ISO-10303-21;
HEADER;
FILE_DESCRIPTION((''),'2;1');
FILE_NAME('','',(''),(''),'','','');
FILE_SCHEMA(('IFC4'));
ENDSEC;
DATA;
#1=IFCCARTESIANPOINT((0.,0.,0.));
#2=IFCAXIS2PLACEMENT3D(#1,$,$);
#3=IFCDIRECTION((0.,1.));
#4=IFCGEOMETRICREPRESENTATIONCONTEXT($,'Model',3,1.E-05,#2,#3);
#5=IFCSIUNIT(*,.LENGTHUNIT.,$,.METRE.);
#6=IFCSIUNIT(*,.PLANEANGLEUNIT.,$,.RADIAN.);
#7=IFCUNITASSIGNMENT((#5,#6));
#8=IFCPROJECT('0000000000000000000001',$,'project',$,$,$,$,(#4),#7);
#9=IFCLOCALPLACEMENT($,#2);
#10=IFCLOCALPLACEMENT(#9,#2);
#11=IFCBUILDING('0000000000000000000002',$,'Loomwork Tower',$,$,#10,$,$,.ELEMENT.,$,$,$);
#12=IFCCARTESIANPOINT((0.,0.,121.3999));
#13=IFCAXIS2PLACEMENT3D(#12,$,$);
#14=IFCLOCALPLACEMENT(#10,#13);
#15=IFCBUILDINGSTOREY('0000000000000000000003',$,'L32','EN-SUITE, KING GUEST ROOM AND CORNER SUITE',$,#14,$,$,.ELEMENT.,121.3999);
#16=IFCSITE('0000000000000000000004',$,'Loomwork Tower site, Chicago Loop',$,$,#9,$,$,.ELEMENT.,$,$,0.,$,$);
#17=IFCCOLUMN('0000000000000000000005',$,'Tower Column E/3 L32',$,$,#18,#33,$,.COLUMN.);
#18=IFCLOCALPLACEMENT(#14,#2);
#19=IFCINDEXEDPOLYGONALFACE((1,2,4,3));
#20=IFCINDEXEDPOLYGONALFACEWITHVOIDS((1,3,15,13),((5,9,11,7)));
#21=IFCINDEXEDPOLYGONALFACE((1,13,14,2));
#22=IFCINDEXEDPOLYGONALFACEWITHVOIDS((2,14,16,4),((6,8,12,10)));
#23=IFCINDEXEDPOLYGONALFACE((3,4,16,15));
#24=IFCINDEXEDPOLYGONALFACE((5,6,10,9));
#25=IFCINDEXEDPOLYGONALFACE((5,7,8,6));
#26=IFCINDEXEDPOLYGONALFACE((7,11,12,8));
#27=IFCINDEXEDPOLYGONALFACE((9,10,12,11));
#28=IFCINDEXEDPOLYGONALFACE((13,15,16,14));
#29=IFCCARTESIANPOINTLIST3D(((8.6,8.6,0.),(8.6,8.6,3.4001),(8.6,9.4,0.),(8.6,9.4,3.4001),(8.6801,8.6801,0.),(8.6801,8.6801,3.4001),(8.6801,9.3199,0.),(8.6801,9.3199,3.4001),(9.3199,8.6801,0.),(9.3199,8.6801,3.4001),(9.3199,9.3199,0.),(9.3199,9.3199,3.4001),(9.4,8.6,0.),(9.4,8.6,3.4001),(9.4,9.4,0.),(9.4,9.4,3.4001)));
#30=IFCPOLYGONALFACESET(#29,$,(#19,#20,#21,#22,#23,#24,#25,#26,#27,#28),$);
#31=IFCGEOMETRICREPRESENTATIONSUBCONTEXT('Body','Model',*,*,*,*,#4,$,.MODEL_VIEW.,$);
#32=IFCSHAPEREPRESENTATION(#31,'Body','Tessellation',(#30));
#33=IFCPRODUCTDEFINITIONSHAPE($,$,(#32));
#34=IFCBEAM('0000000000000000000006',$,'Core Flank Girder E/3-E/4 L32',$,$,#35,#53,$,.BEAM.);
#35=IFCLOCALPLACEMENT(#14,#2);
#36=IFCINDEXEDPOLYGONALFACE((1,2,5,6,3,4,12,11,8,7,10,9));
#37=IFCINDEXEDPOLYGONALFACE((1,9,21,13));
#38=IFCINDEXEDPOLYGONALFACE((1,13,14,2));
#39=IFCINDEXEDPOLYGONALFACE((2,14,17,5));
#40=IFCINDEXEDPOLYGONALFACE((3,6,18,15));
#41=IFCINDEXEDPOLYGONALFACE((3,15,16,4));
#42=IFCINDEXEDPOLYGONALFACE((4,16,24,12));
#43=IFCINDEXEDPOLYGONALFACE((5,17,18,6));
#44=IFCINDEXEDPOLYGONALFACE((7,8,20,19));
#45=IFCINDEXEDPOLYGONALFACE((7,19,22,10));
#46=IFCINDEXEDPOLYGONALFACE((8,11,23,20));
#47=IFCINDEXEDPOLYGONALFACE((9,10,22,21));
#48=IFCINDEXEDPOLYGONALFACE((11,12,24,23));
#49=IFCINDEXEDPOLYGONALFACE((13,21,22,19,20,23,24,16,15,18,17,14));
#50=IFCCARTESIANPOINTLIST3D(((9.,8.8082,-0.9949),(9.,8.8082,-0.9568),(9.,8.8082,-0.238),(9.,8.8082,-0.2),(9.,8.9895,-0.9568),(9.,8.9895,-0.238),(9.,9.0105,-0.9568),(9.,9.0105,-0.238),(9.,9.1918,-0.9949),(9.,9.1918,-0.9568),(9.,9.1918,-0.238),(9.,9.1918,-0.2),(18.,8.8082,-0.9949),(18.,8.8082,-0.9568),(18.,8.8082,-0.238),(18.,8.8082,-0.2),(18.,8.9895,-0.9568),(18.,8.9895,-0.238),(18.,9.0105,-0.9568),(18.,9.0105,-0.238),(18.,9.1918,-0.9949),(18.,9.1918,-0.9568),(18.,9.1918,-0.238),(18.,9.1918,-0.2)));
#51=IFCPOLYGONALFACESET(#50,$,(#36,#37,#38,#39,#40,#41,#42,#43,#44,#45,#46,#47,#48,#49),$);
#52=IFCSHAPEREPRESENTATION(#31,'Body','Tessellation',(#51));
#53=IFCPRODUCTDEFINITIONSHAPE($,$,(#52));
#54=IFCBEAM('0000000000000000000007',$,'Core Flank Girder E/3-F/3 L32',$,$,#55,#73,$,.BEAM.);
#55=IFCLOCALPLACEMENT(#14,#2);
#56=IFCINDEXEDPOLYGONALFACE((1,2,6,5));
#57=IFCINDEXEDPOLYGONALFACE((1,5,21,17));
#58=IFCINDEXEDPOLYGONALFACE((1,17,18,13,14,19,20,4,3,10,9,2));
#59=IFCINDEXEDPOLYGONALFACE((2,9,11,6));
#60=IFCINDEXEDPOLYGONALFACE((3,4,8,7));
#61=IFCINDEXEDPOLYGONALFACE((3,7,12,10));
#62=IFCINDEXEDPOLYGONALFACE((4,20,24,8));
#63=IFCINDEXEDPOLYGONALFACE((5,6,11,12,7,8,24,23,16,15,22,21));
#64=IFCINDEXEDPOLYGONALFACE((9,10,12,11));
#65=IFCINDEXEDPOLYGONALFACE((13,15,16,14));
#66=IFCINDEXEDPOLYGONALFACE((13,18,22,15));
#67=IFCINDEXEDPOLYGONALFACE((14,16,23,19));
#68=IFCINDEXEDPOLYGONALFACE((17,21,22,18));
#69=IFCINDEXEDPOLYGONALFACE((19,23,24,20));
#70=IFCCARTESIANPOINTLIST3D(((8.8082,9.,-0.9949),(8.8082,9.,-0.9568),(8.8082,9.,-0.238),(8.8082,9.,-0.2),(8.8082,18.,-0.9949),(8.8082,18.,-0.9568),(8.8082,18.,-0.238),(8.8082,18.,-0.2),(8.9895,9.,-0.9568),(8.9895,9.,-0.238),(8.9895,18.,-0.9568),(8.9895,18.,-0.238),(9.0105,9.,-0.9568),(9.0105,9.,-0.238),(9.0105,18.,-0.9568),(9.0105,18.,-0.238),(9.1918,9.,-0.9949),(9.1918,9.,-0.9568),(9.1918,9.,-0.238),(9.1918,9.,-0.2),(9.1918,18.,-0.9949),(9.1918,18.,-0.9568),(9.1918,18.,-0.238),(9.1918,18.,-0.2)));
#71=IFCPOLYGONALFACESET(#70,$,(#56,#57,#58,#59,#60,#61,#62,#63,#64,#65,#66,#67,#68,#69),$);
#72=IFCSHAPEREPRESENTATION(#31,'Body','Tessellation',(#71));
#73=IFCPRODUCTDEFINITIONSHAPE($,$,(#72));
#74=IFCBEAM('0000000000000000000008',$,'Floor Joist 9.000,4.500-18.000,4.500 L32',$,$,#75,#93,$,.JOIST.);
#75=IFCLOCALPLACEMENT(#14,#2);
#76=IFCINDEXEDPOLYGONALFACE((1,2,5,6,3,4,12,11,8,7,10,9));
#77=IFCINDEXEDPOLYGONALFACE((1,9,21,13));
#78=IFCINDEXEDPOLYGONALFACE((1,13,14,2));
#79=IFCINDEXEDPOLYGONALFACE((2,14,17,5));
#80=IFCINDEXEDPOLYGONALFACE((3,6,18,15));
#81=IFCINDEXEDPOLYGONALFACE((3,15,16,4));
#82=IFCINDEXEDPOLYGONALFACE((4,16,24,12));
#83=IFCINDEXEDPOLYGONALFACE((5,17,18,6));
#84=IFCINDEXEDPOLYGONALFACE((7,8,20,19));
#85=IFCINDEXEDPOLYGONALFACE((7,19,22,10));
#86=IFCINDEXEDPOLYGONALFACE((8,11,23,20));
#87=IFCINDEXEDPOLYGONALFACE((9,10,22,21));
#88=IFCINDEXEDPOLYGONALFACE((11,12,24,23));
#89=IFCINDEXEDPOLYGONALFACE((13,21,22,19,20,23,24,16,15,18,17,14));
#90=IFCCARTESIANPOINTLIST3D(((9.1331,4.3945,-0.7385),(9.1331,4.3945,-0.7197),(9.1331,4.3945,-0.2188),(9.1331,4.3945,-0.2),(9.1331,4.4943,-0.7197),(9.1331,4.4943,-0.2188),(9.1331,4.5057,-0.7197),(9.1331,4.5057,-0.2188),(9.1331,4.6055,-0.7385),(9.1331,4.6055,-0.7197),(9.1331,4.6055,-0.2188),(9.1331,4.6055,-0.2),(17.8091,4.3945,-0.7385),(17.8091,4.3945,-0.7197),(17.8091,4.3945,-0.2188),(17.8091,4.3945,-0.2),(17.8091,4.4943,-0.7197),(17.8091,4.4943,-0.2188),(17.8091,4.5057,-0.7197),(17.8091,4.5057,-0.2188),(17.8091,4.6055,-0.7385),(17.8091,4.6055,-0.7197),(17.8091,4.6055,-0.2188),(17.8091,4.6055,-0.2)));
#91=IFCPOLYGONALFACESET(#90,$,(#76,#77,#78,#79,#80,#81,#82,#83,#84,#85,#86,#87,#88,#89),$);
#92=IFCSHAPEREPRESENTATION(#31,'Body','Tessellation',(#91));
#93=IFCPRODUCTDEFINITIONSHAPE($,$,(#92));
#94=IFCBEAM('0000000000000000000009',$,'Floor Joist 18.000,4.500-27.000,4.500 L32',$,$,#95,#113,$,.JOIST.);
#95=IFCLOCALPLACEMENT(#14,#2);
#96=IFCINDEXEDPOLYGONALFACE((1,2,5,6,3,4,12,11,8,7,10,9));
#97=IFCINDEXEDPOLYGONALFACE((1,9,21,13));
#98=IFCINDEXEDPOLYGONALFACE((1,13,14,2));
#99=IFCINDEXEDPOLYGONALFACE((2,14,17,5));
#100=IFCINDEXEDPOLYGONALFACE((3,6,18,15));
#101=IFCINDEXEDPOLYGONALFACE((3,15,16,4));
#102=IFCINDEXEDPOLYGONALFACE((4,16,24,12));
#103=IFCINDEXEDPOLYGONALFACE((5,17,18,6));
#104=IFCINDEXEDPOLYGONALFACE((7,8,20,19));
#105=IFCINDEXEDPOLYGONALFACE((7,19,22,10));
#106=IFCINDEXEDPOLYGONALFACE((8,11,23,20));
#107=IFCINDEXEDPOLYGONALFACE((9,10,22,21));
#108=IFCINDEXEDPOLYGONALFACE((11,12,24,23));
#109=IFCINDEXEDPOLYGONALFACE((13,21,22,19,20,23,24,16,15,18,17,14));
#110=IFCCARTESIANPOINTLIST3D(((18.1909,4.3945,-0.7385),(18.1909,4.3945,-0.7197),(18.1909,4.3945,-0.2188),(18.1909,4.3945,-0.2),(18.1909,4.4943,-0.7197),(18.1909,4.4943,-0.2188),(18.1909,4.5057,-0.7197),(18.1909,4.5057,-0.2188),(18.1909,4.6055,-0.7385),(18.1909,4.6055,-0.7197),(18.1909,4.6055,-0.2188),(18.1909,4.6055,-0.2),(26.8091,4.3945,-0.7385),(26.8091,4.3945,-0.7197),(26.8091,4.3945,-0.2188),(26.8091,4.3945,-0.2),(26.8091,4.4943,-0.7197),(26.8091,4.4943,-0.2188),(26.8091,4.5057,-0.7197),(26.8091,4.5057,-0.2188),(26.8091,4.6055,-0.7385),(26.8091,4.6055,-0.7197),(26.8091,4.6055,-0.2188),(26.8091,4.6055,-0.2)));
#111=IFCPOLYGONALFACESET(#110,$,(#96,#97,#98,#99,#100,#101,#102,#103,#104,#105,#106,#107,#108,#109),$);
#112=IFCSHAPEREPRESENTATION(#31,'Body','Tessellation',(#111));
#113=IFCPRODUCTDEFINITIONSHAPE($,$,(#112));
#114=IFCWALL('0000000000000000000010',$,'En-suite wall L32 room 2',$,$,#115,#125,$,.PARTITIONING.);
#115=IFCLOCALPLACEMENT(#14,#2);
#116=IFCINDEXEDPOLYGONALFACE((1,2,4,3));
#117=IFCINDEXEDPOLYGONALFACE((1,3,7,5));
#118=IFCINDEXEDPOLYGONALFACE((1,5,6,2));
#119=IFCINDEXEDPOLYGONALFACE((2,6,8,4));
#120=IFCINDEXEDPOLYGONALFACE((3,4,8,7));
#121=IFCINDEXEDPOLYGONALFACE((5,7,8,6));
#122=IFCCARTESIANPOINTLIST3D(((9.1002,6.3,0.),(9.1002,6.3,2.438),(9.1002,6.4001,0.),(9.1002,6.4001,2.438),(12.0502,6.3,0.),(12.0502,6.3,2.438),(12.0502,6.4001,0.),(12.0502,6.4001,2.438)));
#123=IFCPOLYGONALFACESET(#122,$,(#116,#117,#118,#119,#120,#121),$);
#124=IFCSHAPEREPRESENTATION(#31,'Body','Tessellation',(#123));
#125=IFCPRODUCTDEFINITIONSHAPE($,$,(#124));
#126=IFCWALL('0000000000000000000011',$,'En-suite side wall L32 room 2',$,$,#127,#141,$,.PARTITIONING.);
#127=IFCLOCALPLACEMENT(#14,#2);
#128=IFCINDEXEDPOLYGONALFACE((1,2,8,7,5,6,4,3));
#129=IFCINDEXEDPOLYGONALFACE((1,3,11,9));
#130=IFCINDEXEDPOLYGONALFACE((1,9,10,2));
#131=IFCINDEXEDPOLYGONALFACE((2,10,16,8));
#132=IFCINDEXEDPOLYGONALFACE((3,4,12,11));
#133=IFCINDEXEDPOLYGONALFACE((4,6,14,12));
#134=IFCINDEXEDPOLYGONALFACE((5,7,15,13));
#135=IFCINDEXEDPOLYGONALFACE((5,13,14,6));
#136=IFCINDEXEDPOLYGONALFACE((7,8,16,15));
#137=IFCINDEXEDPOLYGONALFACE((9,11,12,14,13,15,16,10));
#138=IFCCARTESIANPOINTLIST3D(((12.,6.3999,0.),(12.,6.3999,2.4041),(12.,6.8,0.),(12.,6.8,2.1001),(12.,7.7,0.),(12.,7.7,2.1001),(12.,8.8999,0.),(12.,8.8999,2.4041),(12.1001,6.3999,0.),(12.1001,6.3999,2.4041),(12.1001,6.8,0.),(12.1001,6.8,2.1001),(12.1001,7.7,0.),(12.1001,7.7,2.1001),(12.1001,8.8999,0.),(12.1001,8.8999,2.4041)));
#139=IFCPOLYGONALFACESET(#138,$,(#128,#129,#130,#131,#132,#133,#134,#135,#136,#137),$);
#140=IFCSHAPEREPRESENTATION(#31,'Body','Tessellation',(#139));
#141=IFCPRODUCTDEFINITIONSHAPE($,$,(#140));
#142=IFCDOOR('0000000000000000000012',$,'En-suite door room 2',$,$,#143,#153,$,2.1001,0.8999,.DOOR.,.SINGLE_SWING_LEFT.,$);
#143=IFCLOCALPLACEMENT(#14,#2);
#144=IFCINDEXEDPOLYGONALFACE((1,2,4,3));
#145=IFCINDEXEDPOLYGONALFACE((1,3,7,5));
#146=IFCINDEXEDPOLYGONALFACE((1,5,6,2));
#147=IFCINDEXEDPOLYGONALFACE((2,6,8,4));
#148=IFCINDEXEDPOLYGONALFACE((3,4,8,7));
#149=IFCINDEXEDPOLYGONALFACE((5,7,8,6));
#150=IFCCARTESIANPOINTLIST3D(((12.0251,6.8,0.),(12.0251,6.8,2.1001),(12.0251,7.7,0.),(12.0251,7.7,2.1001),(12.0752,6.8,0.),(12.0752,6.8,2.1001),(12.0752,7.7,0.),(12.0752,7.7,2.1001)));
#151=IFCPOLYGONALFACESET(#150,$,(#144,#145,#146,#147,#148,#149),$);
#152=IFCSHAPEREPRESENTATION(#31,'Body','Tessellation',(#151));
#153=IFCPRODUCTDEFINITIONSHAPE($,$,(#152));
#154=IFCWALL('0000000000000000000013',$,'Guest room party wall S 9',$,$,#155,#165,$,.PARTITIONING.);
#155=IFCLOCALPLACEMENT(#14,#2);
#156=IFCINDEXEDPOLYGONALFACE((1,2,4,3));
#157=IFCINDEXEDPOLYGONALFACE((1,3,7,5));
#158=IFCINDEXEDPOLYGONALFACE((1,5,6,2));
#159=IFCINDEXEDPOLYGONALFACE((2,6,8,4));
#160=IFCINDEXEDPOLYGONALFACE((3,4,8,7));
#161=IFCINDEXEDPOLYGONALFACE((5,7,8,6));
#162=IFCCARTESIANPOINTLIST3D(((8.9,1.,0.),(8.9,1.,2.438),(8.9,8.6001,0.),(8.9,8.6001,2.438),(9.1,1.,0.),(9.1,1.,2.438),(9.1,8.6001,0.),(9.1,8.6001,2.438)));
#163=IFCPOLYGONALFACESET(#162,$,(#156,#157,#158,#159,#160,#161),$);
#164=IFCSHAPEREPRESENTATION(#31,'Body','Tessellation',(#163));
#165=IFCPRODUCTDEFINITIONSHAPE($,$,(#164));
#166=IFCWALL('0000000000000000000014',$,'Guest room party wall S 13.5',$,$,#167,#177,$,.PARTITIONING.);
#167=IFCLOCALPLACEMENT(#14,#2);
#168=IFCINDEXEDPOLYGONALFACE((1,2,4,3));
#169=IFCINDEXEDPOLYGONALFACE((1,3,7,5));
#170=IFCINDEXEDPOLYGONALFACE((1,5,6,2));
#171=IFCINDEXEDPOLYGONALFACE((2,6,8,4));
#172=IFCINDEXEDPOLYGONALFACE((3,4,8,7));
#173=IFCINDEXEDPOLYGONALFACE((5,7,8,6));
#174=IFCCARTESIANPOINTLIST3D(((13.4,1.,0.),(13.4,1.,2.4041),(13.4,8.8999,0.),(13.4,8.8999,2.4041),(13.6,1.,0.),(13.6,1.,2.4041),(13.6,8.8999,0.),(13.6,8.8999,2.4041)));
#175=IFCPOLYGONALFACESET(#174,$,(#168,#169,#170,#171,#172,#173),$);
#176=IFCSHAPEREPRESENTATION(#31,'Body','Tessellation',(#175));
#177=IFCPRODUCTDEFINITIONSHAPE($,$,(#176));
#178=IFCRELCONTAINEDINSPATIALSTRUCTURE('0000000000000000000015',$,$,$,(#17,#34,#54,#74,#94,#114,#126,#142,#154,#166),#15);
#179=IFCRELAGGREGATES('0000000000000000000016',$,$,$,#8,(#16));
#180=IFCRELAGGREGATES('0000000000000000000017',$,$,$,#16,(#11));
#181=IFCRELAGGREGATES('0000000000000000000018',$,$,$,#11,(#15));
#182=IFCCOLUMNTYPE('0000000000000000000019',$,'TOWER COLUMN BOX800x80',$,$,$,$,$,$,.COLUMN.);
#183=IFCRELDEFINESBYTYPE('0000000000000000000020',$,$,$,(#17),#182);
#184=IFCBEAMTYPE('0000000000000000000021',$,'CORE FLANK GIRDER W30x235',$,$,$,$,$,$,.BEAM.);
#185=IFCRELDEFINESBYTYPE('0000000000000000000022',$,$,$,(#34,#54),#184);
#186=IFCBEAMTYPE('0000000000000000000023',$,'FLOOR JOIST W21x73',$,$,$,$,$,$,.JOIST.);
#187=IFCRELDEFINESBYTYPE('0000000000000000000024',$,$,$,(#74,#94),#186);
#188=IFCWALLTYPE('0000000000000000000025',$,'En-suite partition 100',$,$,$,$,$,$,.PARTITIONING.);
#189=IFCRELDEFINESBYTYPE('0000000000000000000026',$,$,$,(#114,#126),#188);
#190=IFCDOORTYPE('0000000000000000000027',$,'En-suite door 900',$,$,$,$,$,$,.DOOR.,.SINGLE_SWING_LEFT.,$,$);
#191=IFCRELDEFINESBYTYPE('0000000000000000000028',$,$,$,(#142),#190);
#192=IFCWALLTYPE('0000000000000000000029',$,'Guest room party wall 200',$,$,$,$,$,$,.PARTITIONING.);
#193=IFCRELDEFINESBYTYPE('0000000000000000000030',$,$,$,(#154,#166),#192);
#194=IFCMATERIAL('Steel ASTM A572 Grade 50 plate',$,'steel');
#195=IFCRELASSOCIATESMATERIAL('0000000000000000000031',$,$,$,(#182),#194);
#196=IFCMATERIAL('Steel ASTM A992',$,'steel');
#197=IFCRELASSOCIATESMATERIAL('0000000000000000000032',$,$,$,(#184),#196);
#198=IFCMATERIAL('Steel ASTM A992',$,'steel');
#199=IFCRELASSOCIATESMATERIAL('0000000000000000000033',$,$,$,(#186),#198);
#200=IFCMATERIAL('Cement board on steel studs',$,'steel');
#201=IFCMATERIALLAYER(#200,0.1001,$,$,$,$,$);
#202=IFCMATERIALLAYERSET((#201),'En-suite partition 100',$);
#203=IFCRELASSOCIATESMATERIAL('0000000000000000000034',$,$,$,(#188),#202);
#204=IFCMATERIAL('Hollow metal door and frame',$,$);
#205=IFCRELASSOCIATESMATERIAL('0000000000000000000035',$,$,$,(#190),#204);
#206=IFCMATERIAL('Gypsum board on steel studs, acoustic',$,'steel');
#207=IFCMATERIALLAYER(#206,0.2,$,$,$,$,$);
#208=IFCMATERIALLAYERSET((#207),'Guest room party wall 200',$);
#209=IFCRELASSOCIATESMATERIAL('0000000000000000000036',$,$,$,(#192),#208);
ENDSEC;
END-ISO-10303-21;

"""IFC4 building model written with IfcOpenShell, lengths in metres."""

from ifc_helpers import new_model, si_unit, direction, frame, frame_2d, origin, origin_2d, place, context, subcontext, project, spatial, rectangle, hollow_rectangle, i_section, extrude, material, layer, layer_set, material_profile, profile_set, type_object, element, fill, save


model = new_model("IFC4")

# Units and contexts
model_context = context("Model", 3, precision=1e-05, world=origin(), true_north=direction((0.0, 1.0)))
body_context = subcontext(model_context, "Body", "Model", "MODEL_VIEW")
ifc_project = project(units=[si_unit("LENGTHUNIT", "METRE"), si_unit("PLANEANGLEUNIT", "RADIAN")], contexts=[model_context])

# Site, building, storey
site_placement = place(None, origin())
site = spatial("IfcSite", under=ifc_project, at=site_placement, Name="Loomwork Tower site, Chicago Loop", CompositionType="ELEMENT", RefElevation=0.0)
building_placement = place(site_placement, origin())
building = spatial("IfcBuilding", under=site, at=building_placement, Name="Loomwork Tower", CompositionType="ELEMENT")
storey_placement = place(building_placement, frame((0.0, 0.0, 121.3999)))
storey = spatial("IfcBuildingStorey", under=building, at=storey_placement, Name="L32", Description="EN-SUITE, KING GUEST ROOM AND CORNER SUITE", CompositionType="ELEMENT", Elevation=121.3999)

# Column
ifc_material_1 = material(Name="Steel ASTM A572 Grade 50 plate", Category="steel")
ifc_material_profile_1 = material_profile(ifc_material_1, hollow_rectangle(XDim=0.8, YDim=0.8, WallThickness=0.0801, at=origin_2d()), Name="BOX800x80")
ifc_profile_set_1 = profile_set([ifc_material_profile_1], Name="Steel ASTM A572 Grade 50 plate")
column_type = type_object("IfcColumnType", Name="TOWER COLUMN BOX800x80", PredefinedType="COLUMN", material=ifc_profile_set_1)
column_placement = place(storey_placement, frame((9.0, 9.0, 0.0), z_axis=(0.0, 0.0, 1.0), x_axis=(1.0, 0.0, 0.0)))
element("IfcColumn", 1, at=column_placement, inside=storey, type_object=column_type, Name="Tower Column E/3 L32", PredefinedType="COLUMN", context=body_context, shape_type="SweptSolid", body=[
    extrude(hollow_rectangle(XDim=0.8, YDim=0.8, WallThickness=0.0801, at=origin_2d()), origin(), (0.0, 0.0, 1.0), 3.4001),
])

# Beams
ifc_material_2 = material(Name="Steel ASTM A992", Category="steel")
ifc_material_profile_2 = material_profile(ifc_material_2, i_section(OverallWidth=0.3835, OverallDepth=0.7949, WebThickness=0.021, FlangeThickness=0.0381, at=origin_2d()), Name="W30x235")
ifc_profile_set_2 = profile_set([ifc_material_profile_2], Name="Steel ASTM A992")
beam_type_1 = type_object("IfcBeamType", Name="CORE FLANK GIRDER W30x235", PredefinedType="BEAM", material=ifc_profile_set_2)
for number, where, z_axis, x_axis, name in (
    (2, (9.0, 9.0, -0.5974), (1.0, 0.0, 0.0), (0.0, 1.0, 0.0), "Core Flank Girder E/3-E/4 L32"),
    (3, (9.0, 9.0, -0.5974), (0.0, 1.0, 0.0), (-1.0, 0.0, 0.0), "Core Flank Girder E/3-F/3 L32"),
):
    element("IfcBeam", number, at=place(storey_placement, frame(where, z_axis=z_axis, x_axis=x_axis)), inside=storey, type_object=beam_type_1, Name=name, PredefinedType="BEAM", context=body_context, shape_type="SweptSolid", body=[
        extrude(i_section(OverallWidth=0.3835, OverallDepth=0.7949, WebThickness=0.021, FlangeThickness=0.0381, at=origin_2d()), origin(), (0.0, 0.0, 1.0), 9.0),
    ])
ifc_material_3 = material(Name="Steel ASTM A992", Category="steel")
ifc_material_profile_3 = material_profile(ifc_material_3, i_section(OverallWidth=0.2109, OverallDepth=0.5386, WebThickness=0.0115, FlangeThickness=0.0188, at=origin_2d()), Name="W21x73")
ifc_profile_set_3 = profile_set([ifc_material_profile_3], Name="Steel ASTM A992")
beam_type_2 = type_object("IfcBeamType", Name="FLOOR JOIST W21x73", PredefinedType="JOIST", material=ifc_profile_set_3)
beam_1_placement = place(storey_placement, frame((9.1331, 4.5, -0.4692), z_axis=(1.0, 0.0, 0.0), x_axis=(0.0, 1.0, 0.0)))
element("IfcBeam", 4, at=beam_1_placement, inside=storey, type_object=beam_type_2, Name="Floor Joist 9.000,4.500-18.000,4.500 L32", PredefinedType="JOIST", context=body_context, shape_type="SweptSolid", body=[
    extrude(i_section(OverallWidth=0.2109, OverallDepth=0.5386, WebThickness=0.0115, FlangeThickness=0.0188, at=origin_2d()), origin(), (0.0, 0.0, 1.0), 8.676),
])
beam_2_placement = place(storey_placement, frame((18.1909, 4.5, -0.4692), z_axis=(1.0, 0.0, 0.0), x_axis=(0.0, 1.0, 0.0)))
element("IfcBeam", 5, at=beam_2_placement, inside=storey, type_object=beam_type_2, Name="Floor Joist 18.000,4.500-27.000,4.500 L32", PredefinedType="JOIST", context=body_context, shape_type="SweptSolid", body=[
    extrude(i_section(OverallWidth=0.2109, OverallDepth=0.5386, WebThickness=0.0115, FlangeThickness=0.0188, at=origin_2d()), origin(), (0.0, 0.0, 1.0), 8.6182),
])

# Wall
ifc_material_4 = material(Name="Cement board on steel studs", Category="steel")
ifc_layer_1 = layer(ifc_material_4, 0.1001)
ifc_layer_set_1 = layer_set([ifc_layer_1], Name="En-suite partition 100")
wall_type_1 = type_object("IfcWallType", Name="En-suite partition 100", PredefinedType="PARTITIONING", material=ifc_layer_set_1)
wall_1_placement = place(storey_placement, frame((9.1001, 6.3501, 0.0), z_axis=(0.0, 0.0, 1.0), x_axis=(1.0, 0.0, 0.0)))
element("IfcWall", 6, at=wall_1_placement, inside=storey, type_object=wall_type_1, Name="En-suite wall L32 room 2", PredefinedType="PARTITIONING", context=body_context, shape_type="SweptSolid", body=[
    extrude(rectangle(XDim=2.95, YDim=0.1001, at=frame_2d((1.4751, 0.0))), origin(), (0.0, 0.0, 1.0), 2.438),
])

# Wall, opening, door
wall_2_placement = place(storey_placement, frame((12.05, 8.8999, 0.0), z_axis=(0.0, 0.0, 1.0), x_axis=(0.0, -1.0, 0.0)))
wall_2 = element("IfcWall", 7, at=wall_2_placement, inside=storey, type_object=wall_type_1, Name="En-suite side wall L32 room 2", PredefinedType="PARTITIONING", context=body_context, shape_type="SweptSolid", body=[
    extrude(rectangle(XDim=2.5, YDim=0.1001, at=frame_2d((1.25, 0.0))), origin(), (0.0, 0.0, 1.0), 2.4041),
])
opening_placement = place(wall_2_placement, frame((1.2, 0.0, 0.0)))
opening = element("IfcOpeningElement", 8, at=opening_placement, cuts=wall_2, PredefinedType="OPENING", context=body_context, shape_type="SweptSolid", body=[
    extrude(rectangle(XDim=0.8999, YDim=2.1001, at=frame_2d((0.45, 1.05))), frame((0.0, 0.0601, 0.0), z_axis=(0.0, -1.0, 0.0), x_axis=(1.0, 0.0, 0.0)), (0.0, 0.0, 1.0), 0.1201),
])
ifc_material_5 = material(Name="Hollow metal door and frame")
door_type = type_object("IfcDoorType", Name="En-suite door 900", OperationType="SINGLE_SWING_LEFT", PredefinedType="DOOR", material=ifc_material_5)
door_placement = place(opening_placement, frame((0.8999, 0.0, 0.0), z_axis=(0.0, 0.0, 1.0), x_axis=(-1.0, 0.0, 0.0)))
door = element("IfcDoor", 9, at=door_placement, inside=storey, type_object=door_type, Name="En-suite door room 2", OperationType="SINGLE_SWING_LEFT", OverallHeight=2.1001, OverallWidth=0.8999, PredefinedType="DOOR", context=body_context, shape_type="SweptSolid", body=[
    extrude(rectangle(XDim=0.8999, YDim=2.1001, at=frame_2d((0.45, 1.05))), frame((0.0, 0.0249, 0.0), z_axis=(0.0, -1.0, 0.0), x_axis=(1.0, 0.0, 0.0)), (0.0, 0.0, 1.0), 0.05),
])
fill(opening, door)

# Walls
ifc_material_6 = material(Name="Gypsum board on steel studs, acoustic", Category="steel")
ifc_layer_2 = layer(ifc_material_6, 0.2)
ifc_layer_set_2 = layer_set([ifc_layer_2], Name="Guest room party wall 200")
wall_type_2 = type_object("IfcWallType", Name="Guest room party wall 200", PredefinedType="PARTITIONING", material=ifc_layer_set_2)
wall_3_placement = place(storey_placement, frame((9.0, 8.6001, 0.0), z_axis=(0.0, 0.0, 1.0), x_axis=(0.0, -1.0, 0.0)))
element("IfcWall", 10, at=wall_3_placement, inside=storey, type_object=wall_type_2, Name="Guest room party wall S 9", PredefinedType="PARTITIONING", context=body_context, shape_type="SweptSolid", body=[
    extrude(rectangle(XDim=7.6001, YDim=0.2, at=frame_2d((3.8, 0.0))), origin(), (0.0, 0.0, 1.0), 2.438),
])
wall_4_placement = place(storey_placement, frame((13.5, 8.8999, 0.0), z_axis=(0.0, 0.0, 1.0), x_axis=(0.0, -1.0, 0.0)))
element("IfcWall", 11, at=wall_4_placement, inside=storey, type_object=wall_type_2, Name="Guest room party wall S 13.5", PredefinedType="PARTITIONING", context=body_context, shape_type="SweptSolid", body=[
    extrude(rectangle(XDim=7.8999, YDim=0.2, at=frame_2d((3.95, 0.0))), origin(), (0.0, 0.0, 1.0), 2.4041),
])

save(model, "model.ifc")
